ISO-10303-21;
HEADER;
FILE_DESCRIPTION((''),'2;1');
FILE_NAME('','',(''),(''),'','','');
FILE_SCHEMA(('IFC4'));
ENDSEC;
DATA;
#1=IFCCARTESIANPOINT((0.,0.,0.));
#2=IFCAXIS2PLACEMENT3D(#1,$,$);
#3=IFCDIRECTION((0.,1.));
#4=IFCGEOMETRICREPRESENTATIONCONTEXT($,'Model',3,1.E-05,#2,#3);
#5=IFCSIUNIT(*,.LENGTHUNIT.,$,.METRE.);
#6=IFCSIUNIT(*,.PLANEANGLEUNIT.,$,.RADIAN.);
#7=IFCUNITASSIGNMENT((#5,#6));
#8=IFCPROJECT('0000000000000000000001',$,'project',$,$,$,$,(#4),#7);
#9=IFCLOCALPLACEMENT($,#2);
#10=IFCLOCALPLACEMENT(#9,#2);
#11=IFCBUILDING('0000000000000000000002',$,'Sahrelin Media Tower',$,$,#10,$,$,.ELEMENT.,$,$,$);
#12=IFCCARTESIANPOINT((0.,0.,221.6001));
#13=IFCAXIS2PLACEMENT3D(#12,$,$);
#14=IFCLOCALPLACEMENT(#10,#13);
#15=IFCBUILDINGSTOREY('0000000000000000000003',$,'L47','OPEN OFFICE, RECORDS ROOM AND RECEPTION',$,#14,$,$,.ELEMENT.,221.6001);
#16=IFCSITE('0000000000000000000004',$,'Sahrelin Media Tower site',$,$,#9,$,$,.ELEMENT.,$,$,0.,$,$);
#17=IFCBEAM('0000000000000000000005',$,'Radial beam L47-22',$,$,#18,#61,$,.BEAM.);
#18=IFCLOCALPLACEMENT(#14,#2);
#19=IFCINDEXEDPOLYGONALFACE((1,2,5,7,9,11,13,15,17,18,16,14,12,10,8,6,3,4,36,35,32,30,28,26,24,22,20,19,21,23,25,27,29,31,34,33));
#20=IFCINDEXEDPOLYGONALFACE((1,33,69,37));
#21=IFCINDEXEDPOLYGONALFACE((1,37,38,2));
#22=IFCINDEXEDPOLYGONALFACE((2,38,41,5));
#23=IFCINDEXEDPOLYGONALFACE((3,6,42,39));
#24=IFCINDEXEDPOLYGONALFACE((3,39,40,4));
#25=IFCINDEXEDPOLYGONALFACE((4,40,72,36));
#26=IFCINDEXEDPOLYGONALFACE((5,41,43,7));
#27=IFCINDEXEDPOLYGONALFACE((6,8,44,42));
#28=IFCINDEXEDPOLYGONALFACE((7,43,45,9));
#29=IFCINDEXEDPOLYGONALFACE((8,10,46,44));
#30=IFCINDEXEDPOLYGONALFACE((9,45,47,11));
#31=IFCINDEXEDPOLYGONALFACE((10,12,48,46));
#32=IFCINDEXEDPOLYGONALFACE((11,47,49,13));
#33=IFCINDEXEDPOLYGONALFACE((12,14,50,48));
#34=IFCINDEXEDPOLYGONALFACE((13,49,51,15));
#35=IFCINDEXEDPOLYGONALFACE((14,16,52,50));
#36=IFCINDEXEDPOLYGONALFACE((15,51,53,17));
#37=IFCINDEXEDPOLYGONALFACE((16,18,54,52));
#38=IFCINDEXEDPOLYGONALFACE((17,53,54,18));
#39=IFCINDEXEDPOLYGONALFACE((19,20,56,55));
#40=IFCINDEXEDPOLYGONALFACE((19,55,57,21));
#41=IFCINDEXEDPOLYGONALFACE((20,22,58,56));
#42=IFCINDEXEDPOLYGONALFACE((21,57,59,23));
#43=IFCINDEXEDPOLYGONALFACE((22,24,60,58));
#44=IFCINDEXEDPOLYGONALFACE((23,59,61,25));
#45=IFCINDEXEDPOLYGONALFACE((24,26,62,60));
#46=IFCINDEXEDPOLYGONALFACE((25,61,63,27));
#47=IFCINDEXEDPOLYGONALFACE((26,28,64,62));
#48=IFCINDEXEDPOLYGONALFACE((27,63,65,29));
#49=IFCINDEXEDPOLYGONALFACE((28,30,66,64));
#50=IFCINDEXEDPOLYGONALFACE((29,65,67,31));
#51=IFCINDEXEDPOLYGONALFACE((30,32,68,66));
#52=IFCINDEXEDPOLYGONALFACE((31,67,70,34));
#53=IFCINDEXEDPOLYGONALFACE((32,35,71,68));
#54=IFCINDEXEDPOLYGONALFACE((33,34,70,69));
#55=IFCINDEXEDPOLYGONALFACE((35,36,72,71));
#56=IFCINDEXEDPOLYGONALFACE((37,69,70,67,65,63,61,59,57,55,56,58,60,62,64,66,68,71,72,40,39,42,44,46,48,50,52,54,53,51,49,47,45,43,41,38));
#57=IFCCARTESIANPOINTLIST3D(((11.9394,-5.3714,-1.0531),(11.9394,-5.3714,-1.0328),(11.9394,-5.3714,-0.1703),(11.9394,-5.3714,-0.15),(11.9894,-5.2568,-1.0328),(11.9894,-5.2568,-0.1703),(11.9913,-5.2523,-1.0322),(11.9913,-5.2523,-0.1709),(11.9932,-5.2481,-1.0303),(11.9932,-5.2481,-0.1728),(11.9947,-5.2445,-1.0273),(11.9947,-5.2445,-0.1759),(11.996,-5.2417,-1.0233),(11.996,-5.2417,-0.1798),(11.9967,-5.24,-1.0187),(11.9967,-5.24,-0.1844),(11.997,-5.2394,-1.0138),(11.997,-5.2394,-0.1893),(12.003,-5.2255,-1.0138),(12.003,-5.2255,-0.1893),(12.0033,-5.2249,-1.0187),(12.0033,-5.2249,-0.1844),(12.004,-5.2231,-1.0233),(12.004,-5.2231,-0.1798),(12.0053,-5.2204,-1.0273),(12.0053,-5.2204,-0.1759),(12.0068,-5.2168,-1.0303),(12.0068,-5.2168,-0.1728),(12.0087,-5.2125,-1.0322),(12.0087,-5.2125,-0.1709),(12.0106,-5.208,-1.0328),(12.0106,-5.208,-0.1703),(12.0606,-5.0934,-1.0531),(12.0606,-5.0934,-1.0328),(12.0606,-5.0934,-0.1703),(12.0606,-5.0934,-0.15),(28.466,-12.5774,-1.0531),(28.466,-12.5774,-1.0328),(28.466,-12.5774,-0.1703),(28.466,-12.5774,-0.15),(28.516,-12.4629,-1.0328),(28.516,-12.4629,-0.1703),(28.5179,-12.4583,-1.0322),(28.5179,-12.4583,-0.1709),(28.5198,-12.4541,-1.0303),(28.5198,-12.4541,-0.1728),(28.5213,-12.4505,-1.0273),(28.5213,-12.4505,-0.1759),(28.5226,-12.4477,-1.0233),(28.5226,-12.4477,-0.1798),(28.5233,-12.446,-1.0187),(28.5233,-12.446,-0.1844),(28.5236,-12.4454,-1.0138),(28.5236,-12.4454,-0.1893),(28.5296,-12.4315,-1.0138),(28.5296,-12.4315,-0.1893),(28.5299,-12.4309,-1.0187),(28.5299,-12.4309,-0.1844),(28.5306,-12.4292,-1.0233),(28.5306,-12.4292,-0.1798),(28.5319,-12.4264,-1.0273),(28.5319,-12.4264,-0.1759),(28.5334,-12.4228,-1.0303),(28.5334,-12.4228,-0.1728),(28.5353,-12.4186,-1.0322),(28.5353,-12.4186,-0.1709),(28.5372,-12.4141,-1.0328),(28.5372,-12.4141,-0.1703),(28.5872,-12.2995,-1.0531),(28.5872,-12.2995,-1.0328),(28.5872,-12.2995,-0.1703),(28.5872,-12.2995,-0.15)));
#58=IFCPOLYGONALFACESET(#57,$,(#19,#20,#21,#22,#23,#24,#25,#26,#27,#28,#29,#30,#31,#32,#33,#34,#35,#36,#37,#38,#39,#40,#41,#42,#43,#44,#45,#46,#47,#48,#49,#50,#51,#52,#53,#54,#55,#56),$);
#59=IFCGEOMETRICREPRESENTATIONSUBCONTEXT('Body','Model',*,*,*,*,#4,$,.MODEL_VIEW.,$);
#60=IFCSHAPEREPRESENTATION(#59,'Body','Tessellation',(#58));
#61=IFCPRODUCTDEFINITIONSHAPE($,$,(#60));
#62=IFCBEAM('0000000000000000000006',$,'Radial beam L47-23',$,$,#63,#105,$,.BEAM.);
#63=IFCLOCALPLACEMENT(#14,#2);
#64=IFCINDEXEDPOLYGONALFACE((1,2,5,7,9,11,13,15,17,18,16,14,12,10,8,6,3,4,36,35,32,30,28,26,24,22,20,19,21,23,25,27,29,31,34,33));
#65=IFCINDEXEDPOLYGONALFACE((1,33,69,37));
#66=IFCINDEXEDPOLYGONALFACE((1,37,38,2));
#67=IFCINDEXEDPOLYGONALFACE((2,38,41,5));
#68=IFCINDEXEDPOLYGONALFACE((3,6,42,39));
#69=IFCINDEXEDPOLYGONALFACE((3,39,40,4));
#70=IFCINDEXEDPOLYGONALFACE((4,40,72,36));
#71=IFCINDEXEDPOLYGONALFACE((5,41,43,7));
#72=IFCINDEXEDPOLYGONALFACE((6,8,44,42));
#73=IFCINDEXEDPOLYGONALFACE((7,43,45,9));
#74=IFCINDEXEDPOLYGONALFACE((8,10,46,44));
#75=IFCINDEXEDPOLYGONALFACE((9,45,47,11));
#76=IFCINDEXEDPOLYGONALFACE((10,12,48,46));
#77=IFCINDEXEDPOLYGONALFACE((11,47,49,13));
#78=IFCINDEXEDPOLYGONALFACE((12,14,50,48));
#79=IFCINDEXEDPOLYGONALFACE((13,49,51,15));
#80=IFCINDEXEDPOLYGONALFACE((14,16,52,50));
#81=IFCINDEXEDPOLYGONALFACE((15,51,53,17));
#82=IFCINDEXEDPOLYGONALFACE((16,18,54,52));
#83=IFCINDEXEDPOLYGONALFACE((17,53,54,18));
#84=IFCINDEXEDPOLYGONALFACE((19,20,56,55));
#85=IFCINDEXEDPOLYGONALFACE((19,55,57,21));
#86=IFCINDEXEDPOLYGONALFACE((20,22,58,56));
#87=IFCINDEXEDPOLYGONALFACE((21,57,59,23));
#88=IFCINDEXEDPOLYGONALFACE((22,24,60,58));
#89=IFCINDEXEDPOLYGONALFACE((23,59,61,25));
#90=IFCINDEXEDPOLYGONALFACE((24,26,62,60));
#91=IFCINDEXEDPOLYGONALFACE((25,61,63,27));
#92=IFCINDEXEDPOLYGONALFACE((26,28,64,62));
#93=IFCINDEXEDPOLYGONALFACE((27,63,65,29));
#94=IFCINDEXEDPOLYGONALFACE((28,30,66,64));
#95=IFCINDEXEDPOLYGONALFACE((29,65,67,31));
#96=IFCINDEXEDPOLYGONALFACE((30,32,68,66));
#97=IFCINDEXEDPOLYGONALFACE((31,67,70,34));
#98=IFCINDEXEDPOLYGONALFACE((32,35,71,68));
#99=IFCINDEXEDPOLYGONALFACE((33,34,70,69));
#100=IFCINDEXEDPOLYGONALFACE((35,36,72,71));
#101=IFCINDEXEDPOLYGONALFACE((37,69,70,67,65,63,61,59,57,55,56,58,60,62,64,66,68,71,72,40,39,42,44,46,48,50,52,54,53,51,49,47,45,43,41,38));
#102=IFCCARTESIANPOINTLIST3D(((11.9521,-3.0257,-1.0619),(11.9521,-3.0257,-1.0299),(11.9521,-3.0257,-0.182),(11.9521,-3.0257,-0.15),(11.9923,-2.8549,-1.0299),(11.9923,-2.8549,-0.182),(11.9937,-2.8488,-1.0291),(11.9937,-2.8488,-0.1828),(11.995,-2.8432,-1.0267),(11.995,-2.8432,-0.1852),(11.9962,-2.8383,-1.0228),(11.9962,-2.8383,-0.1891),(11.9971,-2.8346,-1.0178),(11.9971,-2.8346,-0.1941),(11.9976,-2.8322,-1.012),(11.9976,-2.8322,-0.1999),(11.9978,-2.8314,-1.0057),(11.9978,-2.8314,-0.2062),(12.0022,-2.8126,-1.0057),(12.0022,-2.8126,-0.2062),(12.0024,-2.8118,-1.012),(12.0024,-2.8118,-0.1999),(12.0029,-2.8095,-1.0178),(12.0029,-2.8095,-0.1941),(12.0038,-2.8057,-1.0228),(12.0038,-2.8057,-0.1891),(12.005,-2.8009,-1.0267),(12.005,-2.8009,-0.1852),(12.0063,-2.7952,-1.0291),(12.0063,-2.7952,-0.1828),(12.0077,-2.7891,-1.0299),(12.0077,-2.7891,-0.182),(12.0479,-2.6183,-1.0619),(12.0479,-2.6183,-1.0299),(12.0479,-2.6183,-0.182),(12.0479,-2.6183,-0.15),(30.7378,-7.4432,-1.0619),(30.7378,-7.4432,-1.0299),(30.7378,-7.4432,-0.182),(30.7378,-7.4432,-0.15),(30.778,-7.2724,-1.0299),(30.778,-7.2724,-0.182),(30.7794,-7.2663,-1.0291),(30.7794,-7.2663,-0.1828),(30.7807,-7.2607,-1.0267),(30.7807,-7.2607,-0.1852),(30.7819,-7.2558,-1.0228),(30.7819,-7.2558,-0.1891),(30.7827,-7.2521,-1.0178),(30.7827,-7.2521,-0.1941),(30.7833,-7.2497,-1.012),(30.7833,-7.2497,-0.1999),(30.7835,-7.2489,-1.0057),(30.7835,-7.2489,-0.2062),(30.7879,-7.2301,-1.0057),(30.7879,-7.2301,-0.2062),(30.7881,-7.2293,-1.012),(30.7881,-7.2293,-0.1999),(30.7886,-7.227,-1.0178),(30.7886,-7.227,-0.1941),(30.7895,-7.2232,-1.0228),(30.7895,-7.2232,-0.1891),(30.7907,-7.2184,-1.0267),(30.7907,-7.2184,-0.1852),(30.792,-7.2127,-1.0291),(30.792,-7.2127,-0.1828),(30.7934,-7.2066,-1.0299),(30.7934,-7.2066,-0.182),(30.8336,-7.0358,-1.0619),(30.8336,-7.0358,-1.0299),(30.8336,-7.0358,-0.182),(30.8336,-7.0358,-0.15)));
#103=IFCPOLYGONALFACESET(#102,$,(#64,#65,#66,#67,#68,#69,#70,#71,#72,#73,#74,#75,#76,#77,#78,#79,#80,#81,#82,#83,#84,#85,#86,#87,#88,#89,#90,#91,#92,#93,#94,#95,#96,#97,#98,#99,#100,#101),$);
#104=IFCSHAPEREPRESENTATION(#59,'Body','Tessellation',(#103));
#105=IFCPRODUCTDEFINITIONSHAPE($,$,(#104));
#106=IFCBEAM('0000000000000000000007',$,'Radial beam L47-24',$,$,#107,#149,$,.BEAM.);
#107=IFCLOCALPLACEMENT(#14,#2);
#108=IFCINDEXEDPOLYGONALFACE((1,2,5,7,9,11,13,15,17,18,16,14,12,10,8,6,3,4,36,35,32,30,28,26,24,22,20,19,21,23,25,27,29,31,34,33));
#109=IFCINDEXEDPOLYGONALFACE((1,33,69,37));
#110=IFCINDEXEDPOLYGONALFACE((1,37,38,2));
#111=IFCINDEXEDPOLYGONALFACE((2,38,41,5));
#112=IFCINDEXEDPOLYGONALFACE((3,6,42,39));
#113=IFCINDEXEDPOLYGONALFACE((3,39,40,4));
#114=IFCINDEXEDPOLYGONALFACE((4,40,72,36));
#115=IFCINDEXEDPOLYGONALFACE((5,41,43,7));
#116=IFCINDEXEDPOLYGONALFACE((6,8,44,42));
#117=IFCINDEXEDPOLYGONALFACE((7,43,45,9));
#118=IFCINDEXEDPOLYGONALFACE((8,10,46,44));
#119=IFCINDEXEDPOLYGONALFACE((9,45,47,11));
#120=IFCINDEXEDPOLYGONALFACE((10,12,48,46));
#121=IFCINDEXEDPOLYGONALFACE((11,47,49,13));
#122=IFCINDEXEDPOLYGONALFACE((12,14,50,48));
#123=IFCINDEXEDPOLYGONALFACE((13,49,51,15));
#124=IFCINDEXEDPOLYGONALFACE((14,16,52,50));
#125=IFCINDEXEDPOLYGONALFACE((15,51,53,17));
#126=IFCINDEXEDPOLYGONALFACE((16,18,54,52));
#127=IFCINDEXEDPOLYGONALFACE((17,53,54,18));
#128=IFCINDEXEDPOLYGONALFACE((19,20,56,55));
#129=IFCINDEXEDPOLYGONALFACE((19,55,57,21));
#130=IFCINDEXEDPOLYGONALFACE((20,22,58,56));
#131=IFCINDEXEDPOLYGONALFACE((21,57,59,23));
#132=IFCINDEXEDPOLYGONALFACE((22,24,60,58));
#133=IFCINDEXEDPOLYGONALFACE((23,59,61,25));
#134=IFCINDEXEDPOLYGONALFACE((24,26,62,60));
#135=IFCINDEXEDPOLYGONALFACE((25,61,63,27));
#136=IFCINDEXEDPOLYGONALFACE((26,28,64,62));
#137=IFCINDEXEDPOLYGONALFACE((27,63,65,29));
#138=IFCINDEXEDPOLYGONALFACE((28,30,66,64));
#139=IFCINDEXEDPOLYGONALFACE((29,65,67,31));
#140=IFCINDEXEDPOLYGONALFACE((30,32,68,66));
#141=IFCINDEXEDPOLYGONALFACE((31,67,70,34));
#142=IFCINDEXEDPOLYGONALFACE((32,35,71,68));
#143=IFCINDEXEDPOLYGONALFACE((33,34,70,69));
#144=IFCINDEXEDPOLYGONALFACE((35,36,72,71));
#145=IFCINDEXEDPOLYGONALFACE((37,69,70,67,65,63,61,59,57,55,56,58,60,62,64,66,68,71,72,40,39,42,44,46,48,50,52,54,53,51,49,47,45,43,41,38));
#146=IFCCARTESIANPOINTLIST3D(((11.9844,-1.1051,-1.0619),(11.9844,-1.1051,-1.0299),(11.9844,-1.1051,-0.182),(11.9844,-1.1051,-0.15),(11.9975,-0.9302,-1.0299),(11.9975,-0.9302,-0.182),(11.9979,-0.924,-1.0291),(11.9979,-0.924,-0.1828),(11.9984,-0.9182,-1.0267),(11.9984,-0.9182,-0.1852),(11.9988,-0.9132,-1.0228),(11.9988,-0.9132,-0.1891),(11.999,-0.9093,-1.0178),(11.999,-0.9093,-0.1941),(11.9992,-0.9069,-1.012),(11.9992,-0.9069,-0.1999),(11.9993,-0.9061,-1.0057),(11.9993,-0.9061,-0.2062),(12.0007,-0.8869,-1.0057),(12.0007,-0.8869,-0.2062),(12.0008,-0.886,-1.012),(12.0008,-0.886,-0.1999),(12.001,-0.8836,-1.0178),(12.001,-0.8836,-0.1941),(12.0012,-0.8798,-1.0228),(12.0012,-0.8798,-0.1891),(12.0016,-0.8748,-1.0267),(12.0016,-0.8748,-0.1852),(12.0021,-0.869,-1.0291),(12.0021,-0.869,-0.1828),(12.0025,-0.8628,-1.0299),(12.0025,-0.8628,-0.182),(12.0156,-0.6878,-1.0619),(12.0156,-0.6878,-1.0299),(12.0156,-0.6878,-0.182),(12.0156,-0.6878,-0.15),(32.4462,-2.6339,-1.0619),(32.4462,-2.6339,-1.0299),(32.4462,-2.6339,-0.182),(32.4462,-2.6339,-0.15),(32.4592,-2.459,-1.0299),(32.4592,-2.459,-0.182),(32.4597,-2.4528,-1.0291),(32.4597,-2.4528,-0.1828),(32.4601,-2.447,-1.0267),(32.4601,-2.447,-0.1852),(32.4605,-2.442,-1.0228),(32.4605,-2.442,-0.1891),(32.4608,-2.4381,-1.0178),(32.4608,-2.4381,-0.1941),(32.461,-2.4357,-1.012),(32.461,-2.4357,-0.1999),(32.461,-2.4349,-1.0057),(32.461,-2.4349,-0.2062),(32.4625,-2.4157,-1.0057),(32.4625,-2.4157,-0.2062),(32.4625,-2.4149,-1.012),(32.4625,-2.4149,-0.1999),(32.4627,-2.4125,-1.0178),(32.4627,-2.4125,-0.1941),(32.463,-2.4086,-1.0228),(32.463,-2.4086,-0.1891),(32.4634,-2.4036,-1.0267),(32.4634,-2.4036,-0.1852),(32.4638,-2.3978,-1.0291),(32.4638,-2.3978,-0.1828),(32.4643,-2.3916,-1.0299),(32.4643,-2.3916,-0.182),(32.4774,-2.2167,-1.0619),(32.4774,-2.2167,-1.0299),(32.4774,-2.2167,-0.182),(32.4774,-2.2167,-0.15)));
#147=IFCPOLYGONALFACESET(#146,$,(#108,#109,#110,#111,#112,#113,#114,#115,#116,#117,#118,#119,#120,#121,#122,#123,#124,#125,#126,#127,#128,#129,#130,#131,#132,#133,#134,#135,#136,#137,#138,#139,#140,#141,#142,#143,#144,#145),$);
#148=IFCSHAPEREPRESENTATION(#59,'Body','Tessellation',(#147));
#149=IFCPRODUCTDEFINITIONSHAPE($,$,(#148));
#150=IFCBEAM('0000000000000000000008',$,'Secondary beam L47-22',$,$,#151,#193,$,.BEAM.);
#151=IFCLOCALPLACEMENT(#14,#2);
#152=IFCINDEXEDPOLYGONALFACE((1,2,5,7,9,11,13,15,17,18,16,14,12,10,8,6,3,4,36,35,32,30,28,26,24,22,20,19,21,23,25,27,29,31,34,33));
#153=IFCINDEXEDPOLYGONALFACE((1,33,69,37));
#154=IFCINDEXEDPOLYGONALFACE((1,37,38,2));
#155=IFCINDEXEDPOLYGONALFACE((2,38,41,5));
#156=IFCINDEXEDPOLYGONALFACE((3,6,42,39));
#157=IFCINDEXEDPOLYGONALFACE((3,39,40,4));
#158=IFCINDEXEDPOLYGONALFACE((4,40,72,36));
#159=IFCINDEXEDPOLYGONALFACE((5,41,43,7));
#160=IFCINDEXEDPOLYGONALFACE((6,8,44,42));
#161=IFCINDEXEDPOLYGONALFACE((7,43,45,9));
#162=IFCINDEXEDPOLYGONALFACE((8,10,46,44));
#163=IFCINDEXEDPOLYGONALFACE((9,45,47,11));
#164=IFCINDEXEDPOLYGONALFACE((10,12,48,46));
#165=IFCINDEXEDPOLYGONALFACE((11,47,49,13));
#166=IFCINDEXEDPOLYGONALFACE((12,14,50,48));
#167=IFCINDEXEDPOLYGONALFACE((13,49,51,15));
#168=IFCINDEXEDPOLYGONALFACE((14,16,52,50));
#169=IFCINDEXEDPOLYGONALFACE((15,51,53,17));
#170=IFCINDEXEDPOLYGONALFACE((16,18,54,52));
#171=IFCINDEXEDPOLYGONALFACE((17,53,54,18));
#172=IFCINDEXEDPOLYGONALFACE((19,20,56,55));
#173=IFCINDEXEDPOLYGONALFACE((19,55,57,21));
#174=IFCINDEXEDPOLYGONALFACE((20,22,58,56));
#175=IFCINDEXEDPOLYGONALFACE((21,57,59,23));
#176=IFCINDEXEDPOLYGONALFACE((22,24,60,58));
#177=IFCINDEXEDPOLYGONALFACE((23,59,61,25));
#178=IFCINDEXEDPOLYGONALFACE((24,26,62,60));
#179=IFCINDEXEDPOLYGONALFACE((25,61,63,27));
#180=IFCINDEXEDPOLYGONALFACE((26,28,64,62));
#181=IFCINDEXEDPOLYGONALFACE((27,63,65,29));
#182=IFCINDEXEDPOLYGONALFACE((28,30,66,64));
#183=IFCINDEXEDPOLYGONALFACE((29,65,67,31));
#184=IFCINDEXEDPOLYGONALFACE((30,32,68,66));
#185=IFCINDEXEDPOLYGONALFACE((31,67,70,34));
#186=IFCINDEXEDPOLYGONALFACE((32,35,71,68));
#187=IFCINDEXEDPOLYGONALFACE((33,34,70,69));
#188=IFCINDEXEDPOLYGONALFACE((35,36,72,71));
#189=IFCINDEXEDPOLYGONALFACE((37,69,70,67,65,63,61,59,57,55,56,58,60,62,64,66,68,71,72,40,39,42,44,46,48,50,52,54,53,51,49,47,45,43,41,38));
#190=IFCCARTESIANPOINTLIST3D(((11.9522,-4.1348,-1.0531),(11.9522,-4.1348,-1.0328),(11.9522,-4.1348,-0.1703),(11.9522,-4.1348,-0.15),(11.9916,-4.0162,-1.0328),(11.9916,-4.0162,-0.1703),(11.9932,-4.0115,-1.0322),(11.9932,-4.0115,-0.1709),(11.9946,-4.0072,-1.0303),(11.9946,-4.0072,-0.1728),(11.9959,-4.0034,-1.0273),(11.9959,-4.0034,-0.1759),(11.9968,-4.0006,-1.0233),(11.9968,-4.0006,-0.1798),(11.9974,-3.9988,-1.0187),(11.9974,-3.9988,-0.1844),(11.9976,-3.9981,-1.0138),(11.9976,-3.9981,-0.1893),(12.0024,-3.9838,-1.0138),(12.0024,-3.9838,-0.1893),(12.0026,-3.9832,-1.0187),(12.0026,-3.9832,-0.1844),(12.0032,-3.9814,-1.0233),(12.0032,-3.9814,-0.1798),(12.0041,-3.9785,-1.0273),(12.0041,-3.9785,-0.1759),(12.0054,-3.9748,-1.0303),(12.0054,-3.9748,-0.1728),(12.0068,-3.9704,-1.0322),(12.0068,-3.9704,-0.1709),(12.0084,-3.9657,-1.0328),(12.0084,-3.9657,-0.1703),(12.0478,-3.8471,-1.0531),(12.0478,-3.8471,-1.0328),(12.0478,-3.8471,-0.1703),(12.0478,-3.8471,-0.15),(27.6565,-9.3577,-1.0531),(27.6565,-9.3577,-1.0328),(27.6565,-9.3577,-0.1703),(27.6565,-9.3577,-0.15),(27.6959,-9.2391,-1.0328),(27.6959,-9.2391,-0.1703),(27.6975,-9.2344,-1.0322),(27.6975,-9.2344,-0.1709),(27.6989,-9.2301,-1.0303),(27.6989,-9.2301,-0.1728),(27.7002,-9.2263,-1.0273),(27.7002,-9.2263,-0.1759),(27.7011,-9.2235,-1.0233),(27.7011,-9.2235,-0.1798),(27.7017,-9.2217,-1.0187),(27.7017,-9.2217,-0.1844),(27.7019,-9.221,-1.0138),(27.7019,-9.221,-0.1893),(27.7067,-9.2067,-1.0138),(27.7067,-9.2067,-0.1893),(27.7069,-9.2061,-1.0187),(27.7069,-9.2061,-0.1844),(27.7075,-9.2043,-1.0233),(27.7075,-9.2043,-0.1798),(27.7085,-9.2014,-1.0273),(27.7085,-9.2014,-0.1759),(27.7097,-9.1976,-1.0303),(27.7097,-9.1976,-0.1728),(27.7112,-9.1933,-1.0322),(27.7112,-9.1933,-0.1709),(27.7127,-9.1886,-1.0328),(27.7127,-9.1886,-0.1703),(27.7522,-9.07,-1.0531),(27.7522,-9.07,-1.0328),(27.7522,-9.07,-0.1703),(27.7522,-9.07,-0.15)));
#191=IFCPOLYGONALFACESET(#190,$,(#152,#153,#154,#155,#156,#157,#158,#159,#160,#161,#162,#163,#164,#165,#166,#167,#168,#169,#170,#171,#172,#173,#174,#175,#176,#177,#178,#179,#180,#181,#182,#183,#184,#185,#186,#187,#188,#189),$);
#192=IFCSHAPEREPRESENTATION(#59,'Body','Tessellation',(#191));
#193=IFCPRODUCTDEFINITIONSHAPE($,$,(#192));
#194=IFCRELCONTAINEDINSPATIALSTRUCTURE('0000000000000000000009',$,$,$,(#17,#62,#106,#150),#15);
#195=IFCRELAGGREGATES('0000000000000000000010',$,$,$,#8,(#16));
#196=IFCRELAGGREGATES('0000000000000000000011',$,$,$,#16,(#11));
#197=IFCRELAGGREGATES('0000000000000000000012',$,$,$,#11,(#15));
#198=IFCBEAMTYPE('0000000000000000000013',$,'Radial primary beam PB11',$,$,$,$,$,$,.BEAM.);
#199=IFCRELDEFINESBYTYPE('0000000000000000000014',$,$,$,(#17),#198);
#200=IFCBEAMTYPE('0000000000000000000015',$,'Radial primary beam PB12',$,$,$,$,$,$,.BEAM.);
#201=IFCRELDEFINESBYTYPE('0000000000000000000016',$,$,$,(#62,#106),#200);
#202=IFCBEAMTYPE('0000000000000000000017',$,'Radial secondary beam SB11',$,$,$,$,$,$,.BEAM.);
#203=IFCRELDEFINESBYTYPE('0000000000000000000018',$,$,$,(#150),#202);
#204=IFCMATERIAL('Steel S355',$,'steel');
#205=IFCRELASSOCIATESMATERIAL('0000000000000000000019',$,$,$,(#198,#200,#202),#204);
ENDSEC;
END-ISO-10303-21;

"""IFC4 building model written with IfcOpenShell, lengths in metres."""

from ifc_helpers import new_model, si_unit, direction, frame, origin, origin_2d, place, context, subcontext, project, spatial, i_section, extrude, material, material_profile, profile_set, type_object, element, save


model = new_model("IFC4")

# Units and contexts
model_context = context("Model", 3, precision=1e-05, world=origin(), true_north=direction((0.0, 1.0)))
body_context = subcontext(model_context, "Body", "Model", "MODEL_VIEW")
ifc_project = project(units=[si_unit("LENGTHUNIT", "METRE"), si_unit("PLANEANGLEUNIT", "RADIAN")], contexts=[model_context])

# Site, building, storey
site_placement = place(None, origin())
site = spatial("IfcSite", under=ifc_project, at=site_placement, Name="Sahrelin Media Tower site", CompositionType="ELEMENT", RefElevation=0.0)
building_placement = place(site_placement, origin())
building = spatial("IfcBuilding", under=site, at=building_placement, Name="Sahrelin Media Tower", CompositionType="ELEMENT")
storey_placement = place(building_placement, frame((0.0, 0.0, 221.6001)))
storey = spatial("IfcBuildingStorey", under=building, at=storey_placement, Name="L47", Description="OPEN OFFICE, RECORDS ROOM AND RECEPTION", CompositionType="ELEMENT", Elevation=221.6001)

# Beams
ifc_material_1 = material(Name="Steel S355", Category="steel")
ifc_material_profile_1 = material_profile(ifc_material_1, i_section(OverallWidth=0.3032, OverallDepth=0.9031, WebThickness=0.0151, FlangeThickness=0.0203, FilletRadius=0.019, at=origin_2d()), Name="UB 914x305x201")
ifc_profile_set_1 = profile_set([ifc_material_profile_1], Name="Steel S355")
beam_type_1 = type_object("IfcBeamType", Name="Radial primary beam PB11", PredefinedType="BEAM", material=ifc_profile_set_1)
beam_1_placement = place(storey_placement, frame((12.0, -5.2324, -0.6016), z_axis=(0.916652, -0.399685, 0.0), x_axis=(0.399685, 0.916652, 0.0)))
element("IfcBeam", 1, at=beam_1_placement, inside=storey, type_object=beam_type_1, Name="Radial beam L47-22", PredefinedType="BEAM", context=body_context, shape_type="SweptSolid", body=[
    extrude(i_section(OverallWidth=0.3032, OverallDepth=0.9031, WebThickness=0.0151, FlangeThickness=0.0203, FilletRadius=0.019, at=origin_2d()), origin(), (0.0, 0.0, 1.0), 18.0293),
])
ifc_material_profile_2 = material_profile(ifc_material_1, i_section(OverallWidth=0.4185, OverallDepth=0.9119, WebThickness=0.0193, FlangeThickness=0.032, FilletRadius=0.0242, at=origin_2d()), Name="UB 914x419x343")
ifc_profile_set_2 = profile_set([ifc_material_profile_2], Name="Steel S355")
beam_type_2 = type_object("IfcBeamType", Name="Radial primary beam PB12", PredefinedType="BEAM", material=ifc_profile_set_2)
beam_2_placement = place(storey_placement, frame((12.0, -2.822, -0.606), z_axis=(0.973448, -0.228908, 0.0), x_axis=(0.228908, 0.973448, 0.0)))
element("IfcBeam", 2, at=beam_2_placement, inside=storey, type_object=beam_type_2, Name="Radial beam L47-23", PredefinedType="BEAM", context=body_context, shape_type="SweptSolid", body=[
    extrude(i_section(OverallWidth=0.4185, OverallDepth=0.9119, WebThickness=0.0193, FlangeThickness=0.032, FilletRadius=0.0242, at=origin_2d()), origin(), (0.0, 0.0, 1.0), 19.2981),
])
beam_3_placement = place(storey_placement, frame((12.0, -0.8965, -0.606), z_axis=(0.99722, -0.074508, 0.0), x_axis=(0.074508, 0.99722, 0.0)))
element("IfcBeam", 3, at=beam_3_placement, inside=storey, type_object=beam_type_2, Name="Radial beam L47-24", PredefinedType="BEAM", context=body_context, shape_type="SweptSolid", body=[
    extrude(i_section(OverallWidth=0.4185, OverallDepth=0.9119, WebThickness=0.0193, FlangeThickness=0.032, FilletRadius=0.0242, at=origin_2d()), origin(), (0.0, 0.0, 1.0), 20.5188),
])
ifc_material_profile_3 = material_profile(ifc_material_1, i_section(OverallWidth=0.3032, OverallDepth=0.9031, WebThickness=0.0151, FlangeThickness=0.0203, FilletRadius=0.019, at=origin_2d()), Name="UB 914x305x201")
ifc_profile_set_3 = profile_set([ifc_material_profile_3], Name="Steel S355")
beam_type_3 = type_object("IfcBeamType", Name="Radial secondary beam SB11", PredefinedType="BEAM", material=ifc_profile_set_3)
beam_4_placement = place(storey_placement, frame((12.0, -3.991, -0.6016), z_axis=(0.948898, -0.315582, 0.0), x_axis=(0.315582, 0.948898, 0.0)))
element("IfcBeam", 4, at=beam_4_placement, inside=storey, type_object=beam_type_3, Name="Secondary beam L47-22", PredefinedType="BEAM", context=body_context, shape_type="SweptSolid", body=[
    extrude(i_section(OverallWidth=0.3032, OverallDepth=0.9031, WebThickness=0.0151, FlangeThickness=0.0203, FilletRadius=0.019, at=origin_2d()), origin(), (0.0, 0.0, 1.0), 16.55),
])

save(model, "model.ifc")
